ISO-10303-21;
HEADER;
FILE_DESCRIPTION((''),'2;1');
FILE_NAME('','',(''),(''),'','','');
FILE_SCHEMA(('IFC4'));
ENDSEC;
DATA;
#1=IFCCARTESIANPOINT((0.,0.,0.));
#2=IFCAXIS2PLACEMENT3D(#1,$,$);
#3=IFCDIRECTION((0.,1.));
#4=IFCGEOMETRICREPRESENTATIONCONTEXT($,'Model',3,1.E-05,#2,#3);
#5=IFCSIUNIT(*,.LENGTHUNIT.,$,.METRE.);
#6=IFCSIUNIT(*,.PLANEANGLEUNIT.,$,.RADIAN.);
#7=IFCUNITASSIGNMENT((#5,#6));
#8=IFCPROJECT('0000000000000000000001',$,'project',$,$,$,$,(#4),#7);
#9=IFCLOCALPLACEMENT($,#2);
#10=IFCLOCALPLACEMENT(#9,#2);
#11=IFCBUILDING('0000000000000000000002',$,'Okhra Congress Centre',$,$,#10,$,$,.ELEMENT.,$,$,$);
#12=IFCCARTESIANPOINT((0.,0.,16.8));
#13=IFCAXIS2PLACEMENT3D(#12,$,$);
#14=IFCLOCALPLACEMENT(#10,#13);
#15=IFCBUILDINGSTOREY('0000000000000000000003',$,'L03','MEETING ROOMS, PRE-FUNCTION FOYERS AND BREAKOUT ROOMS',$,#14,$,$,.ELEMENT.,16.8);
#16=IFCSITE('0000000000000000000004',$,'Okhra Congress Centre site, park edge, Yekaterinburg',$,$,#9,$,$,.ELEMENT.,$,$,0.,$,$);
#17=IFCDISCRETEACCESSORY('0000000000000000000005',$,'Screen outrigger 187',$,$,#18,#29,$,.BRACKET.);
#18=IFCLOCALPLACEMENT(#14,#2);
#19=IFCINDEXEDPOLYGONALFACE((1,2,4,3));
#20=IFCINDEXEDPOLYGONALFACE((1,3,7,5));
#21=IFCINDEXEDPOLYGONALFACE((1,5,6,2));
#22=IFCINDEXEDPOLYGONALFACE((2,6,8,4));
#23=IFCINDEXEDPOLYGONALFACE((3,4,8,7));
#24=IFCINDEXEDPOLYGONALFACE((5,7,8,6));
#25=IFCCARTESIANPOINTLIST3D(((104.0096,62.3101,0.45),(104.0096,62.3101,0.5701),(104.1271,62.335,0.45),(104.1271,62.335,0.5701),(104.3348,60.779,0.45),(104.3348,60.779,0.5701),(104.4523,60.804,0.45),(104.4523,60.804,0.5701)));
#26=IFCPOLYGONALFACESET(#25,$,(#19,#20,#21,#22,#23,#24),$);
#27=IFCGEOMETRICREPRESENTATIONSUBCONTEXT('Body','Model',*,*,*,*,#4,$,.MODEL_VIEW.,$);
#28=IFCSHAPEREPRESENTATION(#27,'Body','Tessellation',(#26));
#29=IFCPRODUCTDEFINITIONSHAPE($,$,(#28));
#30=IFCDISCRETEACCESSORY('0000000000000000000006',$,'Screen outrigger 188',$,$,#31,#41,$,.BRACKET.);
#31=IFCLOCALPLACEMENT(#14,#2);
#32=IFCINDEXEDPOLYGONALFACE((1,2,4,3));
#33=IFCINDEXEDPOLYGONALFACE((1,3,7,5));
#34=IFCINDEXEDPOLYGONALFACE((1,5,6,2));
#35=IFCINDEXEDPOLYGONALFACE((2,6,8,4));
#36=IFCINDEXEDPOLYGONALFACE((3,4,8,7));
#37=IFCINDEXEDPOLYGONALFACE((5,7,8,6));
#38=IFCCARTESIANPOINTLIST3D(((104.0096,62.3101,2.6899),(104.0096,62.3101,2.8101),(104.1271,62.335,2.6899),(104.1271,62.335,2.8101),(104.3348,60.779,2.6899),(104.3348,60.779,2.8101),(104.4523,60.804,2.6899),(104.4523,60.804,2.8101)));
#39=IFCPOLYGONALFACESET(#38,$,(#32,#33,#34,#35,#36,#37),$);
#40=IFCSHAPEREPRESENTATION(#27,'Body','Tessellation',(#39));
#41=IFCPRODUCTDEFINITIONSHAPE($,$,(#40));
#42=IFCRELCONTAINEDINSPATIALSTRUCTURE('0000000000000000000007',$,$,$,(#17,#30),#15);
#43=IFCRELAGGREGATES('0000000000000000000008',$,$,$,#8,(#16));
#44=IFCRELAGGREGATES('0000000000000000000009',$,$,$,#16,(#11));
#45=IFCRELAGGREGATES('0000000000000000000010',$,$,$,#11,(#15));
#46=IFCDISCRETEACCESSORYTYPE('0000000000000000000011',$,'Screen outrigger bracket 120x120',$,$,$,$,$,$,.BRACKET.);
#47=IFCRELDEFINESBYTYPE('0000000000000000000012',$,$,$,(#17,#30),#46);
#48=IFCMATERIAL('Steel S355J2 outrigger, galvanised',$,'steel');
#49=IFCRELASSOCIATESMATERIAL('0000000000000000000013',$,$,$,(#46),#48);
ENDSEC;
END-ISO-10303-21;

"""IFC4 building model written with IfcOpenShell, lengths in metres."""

from ifc_helpers import new_model, si_unit, direction, frame, origin, origin_2d, place, context, subcontext, project, spatial, rectangle, extrude, material, material_profile, profile_set, type_object, element, save


model = new_model("IFC4")

# Units and contexts
model_context = context("Model", 3, precision=1e-05, world=origin(), true_north=direction((0.0, 1.0)))
body_context = subcontext(model_context, "Body", "Model", "MODEL_VIEW")
ifc_project = project(units=[si_unit("LENGTHUNIT", "METRE"), si_unit("PLANEANGLEUNIT", "RADIAN")], contexts=[model_context])

# Site, building, storey
site_placement = place(None, origin())
site = spatial("IfcSite", under=ifc_project, at=site_placement, Name="Okhra Congress Centre site, park edge, Yekaterinburg", CompositionType="ELEMENT", RefElevation=0.0)
building_placement = place(site_placement, origin())
building = spatial("IfcBuilding", under=site, at=building_placement, Name="Okhra Congress Centre", CompositionType="ELEMENT")
storey_placement = place(building_placement, frame((0.0, 0.0, 16.8)))
storey = spatial("IfcBuildingStorey", under=building, at=storey_placement, Name="L03", Description="MEETING ROOMS, PRE-FUNCTION FOYERS AND BREAKOUT ROOMS", CompositionType="ELEMENT", Elevation=16.8)

# Discrete accessories
ifc_material_1 = material(Name="Steel S355J2 outrigger, galvanised", Category="steel")
ifc_material_profile_1 = material_profile(ifc_material_1, rectangle(XDim=0.1201, YDim=0.1201, at=origin_2d()), Name="Screen outrigger bracket 120x120")
ifc_profile_set_1 = profile_set([ifc_material_profile_1], Name="Steel S355J2 outrigger, galvanised")
discrete_accessory_type = type_object("IfcDiscreteAccessoryType", Name="Screen outrigger bracket 120x120", PredefinedType="BRACKET", material=ifc_profile_set_1)
for number, where, z_axis, x_axis, name in (
    (1, (104.3936, 60.7915, 0.51), (-0.207771, 0.978177, 0.0), (-0.978177, -0.207771, 0.0), "Screen outrigger 187"),
    (2, (104.3936, 60.7915, 2.75), (-0.207771, 0.978177, 0.0), (-0.978177, -0.207771, 0.0), "Screen outrigger 188"),
):
    element("IfcDiscreteAccessory", number, at=place(storey_placement, frame(where, z_axis=z_axis, x_axis=x_axis)), inside=storey, type_object=discrete_accessory_type, Name=name, PredefinedType="BRACKET", context=body_context, shape_type="SweptSolid", body=[
        extrude(rectangle(XDim=0.1201, YDim=0.1201, at=origin_2d()), origin(), (0.0, 0.0, 1.0), 1.5652),
    ])

save(model, "model.ifc")
